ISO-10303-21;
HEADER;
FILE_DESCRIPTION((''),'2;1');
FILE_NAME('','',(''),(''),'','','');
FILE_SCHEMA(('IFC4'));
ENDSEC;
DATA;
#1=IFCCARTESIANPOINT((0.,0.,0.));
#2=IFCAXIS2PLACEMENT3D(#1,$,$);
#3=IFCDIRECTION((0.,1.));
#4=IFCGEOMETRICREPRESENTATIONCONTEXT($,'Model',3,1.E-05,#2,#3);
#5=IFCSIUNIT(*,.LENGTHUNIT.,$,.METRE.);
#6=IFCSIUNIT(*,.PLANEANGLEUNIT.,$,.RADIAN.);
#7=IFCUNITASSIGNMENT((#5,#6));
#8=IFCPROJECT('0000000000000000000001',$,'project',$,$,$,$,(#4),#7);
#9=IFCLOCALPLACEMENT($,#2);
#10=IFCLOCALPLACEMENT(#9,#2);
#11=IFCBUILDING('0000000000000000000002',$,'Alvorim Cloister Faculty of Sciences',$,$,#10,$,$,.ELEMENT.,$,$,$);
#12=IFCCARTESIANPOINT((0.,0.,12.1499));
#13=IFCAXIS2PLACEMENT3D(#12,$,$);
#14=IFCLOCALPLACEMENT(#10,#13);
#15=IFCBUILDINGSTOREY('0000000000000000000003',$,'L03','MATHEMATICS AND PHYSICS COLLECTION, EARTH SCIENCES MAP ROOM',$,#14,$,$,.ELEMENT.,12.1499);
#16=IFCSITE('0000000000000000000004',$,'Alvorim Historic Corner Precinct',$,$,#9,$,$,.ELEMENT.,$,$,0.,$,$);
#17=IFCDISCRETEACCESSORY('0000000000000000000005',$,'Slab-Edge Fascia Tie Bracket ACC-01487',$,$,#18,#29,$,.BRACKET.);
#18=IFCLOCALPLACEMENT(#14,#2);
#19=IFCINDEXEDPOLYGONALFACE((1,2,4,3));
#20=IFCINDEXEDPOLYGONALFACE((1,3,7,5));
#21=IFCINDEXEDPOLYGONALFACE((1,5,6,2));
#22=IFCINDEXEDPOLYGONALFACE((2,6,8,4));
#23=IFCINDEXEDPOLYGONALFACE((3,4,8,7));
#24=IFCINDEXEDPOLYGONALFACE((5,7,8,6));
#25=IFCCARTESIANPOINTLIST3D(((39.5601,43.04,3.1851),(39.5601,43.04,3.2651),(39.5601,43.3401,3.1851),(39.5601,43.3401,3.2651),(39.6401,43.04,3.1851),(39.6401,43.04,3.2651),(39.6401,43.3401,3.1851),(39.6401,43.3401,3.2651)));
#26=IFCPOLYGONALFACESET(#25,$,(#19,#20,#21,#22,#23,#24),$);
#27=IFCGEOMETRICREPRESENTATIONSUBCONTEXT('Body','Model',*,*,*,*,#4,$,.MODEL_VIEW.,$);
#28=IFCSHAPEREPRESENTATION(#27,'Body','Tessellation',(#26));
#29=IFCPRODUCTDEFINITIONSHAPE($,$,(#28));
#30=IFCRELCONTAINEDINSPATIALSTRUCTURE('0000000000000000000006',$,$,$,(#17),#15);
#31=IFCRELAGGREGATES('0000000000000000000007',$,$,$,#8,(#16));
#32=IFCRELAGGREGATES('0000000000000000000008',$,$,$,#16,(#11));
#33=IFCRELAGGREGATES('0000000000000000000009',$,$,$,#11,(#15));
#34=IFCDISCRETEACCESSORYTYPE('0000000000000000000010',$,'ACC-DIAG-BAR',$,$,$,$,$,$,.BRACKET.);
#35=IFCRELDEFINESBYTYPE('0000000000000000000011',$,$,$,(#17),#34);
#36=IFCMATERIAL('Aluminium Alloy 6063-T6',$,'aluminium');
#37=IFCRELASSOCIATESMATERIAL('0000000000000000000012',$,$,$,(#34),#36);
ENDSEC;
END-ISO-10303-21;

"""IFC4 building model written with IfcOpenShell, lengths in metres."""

from ifc_helpers import new_model, si_unit, direction, frame, origin, origin_2d, place, context, subcontext, project, spatial, rectangle, extrude, material, type_object, element, save


model = new_model("IFC4")

# Units and contexts
model_context = context("Model", 3, precision=1e-05, world=origin(), true_north=direction((0.0, 1.0)))
body_context = subcontext(model_context, "Body", "Model", "MODEL_VIEW")
ifc_project = project(units=[si_unit("LENGTHUNIT", "METRE"), si_unit("PLANEANGLEUNIT", "RADIAN")], contexts=[model_context])

# Site, building, storey
site_placement = place(None, origin())
site = spatial("IfcSite", under=ifc_project, at=site_placement, Name="Alvorim Historic Corner Precinct", CompositionType="ELEMENT", RefElevation=0.0)
building_placement = place(site_placement, origin())
building = spatial("IfcBuilding", under=site, at=building_placement, Name="Alvorim Cloister Faculty of Sciences", CompositionType="ELEMENT")
storey_placement = place(building_placement, frame((0.0, 0.0, 12.1499)))
storey = spatial("IfcBuildingStorey", under=building, at=storey_placement, Name="L03", Description="MATHEMATICS AND PHYSICS COLLECTION, EARTH SCIENCES MAP ROOM", CompositionType="ELEMENT", Elevation=12.1499)

# Shared definitions
ifc_material_1 = material(Name="Aluminium Alloy 6063-T6", Category="aluminium")

# Discrete accessory
discrete_accessory_type = type_object("IfcDiscreteAccessoryType", Name="ACC-DIAG-BAR", PredefinedType="BRACKET", material=ifc_material_1)
discrete_accessory_placement = place(storey_placement, frame((39.6001, 43.3401, 3.2251), z_axis=(0.0, -1.0, 0.0), x_axis=(1.0, 0.0, 0.0)))
element("IfcDiscreteAccessory", 1, at=discrete_accessory_placement, inside=storey, type_object=discrete_accessory_type, Name="Slab-Edge Fascia Tie Bracket ACC-01487", PredefinedType="BRACKET", context=body_context, shape_type="SweptSolid", body=[
    extrude(rectangle(XDim=0.0801, YDim=0.0801, at=origin_2d()), origin(), (0.0, 0.0, 1.0), 0.3),
])

save(model, "model.ifc")
